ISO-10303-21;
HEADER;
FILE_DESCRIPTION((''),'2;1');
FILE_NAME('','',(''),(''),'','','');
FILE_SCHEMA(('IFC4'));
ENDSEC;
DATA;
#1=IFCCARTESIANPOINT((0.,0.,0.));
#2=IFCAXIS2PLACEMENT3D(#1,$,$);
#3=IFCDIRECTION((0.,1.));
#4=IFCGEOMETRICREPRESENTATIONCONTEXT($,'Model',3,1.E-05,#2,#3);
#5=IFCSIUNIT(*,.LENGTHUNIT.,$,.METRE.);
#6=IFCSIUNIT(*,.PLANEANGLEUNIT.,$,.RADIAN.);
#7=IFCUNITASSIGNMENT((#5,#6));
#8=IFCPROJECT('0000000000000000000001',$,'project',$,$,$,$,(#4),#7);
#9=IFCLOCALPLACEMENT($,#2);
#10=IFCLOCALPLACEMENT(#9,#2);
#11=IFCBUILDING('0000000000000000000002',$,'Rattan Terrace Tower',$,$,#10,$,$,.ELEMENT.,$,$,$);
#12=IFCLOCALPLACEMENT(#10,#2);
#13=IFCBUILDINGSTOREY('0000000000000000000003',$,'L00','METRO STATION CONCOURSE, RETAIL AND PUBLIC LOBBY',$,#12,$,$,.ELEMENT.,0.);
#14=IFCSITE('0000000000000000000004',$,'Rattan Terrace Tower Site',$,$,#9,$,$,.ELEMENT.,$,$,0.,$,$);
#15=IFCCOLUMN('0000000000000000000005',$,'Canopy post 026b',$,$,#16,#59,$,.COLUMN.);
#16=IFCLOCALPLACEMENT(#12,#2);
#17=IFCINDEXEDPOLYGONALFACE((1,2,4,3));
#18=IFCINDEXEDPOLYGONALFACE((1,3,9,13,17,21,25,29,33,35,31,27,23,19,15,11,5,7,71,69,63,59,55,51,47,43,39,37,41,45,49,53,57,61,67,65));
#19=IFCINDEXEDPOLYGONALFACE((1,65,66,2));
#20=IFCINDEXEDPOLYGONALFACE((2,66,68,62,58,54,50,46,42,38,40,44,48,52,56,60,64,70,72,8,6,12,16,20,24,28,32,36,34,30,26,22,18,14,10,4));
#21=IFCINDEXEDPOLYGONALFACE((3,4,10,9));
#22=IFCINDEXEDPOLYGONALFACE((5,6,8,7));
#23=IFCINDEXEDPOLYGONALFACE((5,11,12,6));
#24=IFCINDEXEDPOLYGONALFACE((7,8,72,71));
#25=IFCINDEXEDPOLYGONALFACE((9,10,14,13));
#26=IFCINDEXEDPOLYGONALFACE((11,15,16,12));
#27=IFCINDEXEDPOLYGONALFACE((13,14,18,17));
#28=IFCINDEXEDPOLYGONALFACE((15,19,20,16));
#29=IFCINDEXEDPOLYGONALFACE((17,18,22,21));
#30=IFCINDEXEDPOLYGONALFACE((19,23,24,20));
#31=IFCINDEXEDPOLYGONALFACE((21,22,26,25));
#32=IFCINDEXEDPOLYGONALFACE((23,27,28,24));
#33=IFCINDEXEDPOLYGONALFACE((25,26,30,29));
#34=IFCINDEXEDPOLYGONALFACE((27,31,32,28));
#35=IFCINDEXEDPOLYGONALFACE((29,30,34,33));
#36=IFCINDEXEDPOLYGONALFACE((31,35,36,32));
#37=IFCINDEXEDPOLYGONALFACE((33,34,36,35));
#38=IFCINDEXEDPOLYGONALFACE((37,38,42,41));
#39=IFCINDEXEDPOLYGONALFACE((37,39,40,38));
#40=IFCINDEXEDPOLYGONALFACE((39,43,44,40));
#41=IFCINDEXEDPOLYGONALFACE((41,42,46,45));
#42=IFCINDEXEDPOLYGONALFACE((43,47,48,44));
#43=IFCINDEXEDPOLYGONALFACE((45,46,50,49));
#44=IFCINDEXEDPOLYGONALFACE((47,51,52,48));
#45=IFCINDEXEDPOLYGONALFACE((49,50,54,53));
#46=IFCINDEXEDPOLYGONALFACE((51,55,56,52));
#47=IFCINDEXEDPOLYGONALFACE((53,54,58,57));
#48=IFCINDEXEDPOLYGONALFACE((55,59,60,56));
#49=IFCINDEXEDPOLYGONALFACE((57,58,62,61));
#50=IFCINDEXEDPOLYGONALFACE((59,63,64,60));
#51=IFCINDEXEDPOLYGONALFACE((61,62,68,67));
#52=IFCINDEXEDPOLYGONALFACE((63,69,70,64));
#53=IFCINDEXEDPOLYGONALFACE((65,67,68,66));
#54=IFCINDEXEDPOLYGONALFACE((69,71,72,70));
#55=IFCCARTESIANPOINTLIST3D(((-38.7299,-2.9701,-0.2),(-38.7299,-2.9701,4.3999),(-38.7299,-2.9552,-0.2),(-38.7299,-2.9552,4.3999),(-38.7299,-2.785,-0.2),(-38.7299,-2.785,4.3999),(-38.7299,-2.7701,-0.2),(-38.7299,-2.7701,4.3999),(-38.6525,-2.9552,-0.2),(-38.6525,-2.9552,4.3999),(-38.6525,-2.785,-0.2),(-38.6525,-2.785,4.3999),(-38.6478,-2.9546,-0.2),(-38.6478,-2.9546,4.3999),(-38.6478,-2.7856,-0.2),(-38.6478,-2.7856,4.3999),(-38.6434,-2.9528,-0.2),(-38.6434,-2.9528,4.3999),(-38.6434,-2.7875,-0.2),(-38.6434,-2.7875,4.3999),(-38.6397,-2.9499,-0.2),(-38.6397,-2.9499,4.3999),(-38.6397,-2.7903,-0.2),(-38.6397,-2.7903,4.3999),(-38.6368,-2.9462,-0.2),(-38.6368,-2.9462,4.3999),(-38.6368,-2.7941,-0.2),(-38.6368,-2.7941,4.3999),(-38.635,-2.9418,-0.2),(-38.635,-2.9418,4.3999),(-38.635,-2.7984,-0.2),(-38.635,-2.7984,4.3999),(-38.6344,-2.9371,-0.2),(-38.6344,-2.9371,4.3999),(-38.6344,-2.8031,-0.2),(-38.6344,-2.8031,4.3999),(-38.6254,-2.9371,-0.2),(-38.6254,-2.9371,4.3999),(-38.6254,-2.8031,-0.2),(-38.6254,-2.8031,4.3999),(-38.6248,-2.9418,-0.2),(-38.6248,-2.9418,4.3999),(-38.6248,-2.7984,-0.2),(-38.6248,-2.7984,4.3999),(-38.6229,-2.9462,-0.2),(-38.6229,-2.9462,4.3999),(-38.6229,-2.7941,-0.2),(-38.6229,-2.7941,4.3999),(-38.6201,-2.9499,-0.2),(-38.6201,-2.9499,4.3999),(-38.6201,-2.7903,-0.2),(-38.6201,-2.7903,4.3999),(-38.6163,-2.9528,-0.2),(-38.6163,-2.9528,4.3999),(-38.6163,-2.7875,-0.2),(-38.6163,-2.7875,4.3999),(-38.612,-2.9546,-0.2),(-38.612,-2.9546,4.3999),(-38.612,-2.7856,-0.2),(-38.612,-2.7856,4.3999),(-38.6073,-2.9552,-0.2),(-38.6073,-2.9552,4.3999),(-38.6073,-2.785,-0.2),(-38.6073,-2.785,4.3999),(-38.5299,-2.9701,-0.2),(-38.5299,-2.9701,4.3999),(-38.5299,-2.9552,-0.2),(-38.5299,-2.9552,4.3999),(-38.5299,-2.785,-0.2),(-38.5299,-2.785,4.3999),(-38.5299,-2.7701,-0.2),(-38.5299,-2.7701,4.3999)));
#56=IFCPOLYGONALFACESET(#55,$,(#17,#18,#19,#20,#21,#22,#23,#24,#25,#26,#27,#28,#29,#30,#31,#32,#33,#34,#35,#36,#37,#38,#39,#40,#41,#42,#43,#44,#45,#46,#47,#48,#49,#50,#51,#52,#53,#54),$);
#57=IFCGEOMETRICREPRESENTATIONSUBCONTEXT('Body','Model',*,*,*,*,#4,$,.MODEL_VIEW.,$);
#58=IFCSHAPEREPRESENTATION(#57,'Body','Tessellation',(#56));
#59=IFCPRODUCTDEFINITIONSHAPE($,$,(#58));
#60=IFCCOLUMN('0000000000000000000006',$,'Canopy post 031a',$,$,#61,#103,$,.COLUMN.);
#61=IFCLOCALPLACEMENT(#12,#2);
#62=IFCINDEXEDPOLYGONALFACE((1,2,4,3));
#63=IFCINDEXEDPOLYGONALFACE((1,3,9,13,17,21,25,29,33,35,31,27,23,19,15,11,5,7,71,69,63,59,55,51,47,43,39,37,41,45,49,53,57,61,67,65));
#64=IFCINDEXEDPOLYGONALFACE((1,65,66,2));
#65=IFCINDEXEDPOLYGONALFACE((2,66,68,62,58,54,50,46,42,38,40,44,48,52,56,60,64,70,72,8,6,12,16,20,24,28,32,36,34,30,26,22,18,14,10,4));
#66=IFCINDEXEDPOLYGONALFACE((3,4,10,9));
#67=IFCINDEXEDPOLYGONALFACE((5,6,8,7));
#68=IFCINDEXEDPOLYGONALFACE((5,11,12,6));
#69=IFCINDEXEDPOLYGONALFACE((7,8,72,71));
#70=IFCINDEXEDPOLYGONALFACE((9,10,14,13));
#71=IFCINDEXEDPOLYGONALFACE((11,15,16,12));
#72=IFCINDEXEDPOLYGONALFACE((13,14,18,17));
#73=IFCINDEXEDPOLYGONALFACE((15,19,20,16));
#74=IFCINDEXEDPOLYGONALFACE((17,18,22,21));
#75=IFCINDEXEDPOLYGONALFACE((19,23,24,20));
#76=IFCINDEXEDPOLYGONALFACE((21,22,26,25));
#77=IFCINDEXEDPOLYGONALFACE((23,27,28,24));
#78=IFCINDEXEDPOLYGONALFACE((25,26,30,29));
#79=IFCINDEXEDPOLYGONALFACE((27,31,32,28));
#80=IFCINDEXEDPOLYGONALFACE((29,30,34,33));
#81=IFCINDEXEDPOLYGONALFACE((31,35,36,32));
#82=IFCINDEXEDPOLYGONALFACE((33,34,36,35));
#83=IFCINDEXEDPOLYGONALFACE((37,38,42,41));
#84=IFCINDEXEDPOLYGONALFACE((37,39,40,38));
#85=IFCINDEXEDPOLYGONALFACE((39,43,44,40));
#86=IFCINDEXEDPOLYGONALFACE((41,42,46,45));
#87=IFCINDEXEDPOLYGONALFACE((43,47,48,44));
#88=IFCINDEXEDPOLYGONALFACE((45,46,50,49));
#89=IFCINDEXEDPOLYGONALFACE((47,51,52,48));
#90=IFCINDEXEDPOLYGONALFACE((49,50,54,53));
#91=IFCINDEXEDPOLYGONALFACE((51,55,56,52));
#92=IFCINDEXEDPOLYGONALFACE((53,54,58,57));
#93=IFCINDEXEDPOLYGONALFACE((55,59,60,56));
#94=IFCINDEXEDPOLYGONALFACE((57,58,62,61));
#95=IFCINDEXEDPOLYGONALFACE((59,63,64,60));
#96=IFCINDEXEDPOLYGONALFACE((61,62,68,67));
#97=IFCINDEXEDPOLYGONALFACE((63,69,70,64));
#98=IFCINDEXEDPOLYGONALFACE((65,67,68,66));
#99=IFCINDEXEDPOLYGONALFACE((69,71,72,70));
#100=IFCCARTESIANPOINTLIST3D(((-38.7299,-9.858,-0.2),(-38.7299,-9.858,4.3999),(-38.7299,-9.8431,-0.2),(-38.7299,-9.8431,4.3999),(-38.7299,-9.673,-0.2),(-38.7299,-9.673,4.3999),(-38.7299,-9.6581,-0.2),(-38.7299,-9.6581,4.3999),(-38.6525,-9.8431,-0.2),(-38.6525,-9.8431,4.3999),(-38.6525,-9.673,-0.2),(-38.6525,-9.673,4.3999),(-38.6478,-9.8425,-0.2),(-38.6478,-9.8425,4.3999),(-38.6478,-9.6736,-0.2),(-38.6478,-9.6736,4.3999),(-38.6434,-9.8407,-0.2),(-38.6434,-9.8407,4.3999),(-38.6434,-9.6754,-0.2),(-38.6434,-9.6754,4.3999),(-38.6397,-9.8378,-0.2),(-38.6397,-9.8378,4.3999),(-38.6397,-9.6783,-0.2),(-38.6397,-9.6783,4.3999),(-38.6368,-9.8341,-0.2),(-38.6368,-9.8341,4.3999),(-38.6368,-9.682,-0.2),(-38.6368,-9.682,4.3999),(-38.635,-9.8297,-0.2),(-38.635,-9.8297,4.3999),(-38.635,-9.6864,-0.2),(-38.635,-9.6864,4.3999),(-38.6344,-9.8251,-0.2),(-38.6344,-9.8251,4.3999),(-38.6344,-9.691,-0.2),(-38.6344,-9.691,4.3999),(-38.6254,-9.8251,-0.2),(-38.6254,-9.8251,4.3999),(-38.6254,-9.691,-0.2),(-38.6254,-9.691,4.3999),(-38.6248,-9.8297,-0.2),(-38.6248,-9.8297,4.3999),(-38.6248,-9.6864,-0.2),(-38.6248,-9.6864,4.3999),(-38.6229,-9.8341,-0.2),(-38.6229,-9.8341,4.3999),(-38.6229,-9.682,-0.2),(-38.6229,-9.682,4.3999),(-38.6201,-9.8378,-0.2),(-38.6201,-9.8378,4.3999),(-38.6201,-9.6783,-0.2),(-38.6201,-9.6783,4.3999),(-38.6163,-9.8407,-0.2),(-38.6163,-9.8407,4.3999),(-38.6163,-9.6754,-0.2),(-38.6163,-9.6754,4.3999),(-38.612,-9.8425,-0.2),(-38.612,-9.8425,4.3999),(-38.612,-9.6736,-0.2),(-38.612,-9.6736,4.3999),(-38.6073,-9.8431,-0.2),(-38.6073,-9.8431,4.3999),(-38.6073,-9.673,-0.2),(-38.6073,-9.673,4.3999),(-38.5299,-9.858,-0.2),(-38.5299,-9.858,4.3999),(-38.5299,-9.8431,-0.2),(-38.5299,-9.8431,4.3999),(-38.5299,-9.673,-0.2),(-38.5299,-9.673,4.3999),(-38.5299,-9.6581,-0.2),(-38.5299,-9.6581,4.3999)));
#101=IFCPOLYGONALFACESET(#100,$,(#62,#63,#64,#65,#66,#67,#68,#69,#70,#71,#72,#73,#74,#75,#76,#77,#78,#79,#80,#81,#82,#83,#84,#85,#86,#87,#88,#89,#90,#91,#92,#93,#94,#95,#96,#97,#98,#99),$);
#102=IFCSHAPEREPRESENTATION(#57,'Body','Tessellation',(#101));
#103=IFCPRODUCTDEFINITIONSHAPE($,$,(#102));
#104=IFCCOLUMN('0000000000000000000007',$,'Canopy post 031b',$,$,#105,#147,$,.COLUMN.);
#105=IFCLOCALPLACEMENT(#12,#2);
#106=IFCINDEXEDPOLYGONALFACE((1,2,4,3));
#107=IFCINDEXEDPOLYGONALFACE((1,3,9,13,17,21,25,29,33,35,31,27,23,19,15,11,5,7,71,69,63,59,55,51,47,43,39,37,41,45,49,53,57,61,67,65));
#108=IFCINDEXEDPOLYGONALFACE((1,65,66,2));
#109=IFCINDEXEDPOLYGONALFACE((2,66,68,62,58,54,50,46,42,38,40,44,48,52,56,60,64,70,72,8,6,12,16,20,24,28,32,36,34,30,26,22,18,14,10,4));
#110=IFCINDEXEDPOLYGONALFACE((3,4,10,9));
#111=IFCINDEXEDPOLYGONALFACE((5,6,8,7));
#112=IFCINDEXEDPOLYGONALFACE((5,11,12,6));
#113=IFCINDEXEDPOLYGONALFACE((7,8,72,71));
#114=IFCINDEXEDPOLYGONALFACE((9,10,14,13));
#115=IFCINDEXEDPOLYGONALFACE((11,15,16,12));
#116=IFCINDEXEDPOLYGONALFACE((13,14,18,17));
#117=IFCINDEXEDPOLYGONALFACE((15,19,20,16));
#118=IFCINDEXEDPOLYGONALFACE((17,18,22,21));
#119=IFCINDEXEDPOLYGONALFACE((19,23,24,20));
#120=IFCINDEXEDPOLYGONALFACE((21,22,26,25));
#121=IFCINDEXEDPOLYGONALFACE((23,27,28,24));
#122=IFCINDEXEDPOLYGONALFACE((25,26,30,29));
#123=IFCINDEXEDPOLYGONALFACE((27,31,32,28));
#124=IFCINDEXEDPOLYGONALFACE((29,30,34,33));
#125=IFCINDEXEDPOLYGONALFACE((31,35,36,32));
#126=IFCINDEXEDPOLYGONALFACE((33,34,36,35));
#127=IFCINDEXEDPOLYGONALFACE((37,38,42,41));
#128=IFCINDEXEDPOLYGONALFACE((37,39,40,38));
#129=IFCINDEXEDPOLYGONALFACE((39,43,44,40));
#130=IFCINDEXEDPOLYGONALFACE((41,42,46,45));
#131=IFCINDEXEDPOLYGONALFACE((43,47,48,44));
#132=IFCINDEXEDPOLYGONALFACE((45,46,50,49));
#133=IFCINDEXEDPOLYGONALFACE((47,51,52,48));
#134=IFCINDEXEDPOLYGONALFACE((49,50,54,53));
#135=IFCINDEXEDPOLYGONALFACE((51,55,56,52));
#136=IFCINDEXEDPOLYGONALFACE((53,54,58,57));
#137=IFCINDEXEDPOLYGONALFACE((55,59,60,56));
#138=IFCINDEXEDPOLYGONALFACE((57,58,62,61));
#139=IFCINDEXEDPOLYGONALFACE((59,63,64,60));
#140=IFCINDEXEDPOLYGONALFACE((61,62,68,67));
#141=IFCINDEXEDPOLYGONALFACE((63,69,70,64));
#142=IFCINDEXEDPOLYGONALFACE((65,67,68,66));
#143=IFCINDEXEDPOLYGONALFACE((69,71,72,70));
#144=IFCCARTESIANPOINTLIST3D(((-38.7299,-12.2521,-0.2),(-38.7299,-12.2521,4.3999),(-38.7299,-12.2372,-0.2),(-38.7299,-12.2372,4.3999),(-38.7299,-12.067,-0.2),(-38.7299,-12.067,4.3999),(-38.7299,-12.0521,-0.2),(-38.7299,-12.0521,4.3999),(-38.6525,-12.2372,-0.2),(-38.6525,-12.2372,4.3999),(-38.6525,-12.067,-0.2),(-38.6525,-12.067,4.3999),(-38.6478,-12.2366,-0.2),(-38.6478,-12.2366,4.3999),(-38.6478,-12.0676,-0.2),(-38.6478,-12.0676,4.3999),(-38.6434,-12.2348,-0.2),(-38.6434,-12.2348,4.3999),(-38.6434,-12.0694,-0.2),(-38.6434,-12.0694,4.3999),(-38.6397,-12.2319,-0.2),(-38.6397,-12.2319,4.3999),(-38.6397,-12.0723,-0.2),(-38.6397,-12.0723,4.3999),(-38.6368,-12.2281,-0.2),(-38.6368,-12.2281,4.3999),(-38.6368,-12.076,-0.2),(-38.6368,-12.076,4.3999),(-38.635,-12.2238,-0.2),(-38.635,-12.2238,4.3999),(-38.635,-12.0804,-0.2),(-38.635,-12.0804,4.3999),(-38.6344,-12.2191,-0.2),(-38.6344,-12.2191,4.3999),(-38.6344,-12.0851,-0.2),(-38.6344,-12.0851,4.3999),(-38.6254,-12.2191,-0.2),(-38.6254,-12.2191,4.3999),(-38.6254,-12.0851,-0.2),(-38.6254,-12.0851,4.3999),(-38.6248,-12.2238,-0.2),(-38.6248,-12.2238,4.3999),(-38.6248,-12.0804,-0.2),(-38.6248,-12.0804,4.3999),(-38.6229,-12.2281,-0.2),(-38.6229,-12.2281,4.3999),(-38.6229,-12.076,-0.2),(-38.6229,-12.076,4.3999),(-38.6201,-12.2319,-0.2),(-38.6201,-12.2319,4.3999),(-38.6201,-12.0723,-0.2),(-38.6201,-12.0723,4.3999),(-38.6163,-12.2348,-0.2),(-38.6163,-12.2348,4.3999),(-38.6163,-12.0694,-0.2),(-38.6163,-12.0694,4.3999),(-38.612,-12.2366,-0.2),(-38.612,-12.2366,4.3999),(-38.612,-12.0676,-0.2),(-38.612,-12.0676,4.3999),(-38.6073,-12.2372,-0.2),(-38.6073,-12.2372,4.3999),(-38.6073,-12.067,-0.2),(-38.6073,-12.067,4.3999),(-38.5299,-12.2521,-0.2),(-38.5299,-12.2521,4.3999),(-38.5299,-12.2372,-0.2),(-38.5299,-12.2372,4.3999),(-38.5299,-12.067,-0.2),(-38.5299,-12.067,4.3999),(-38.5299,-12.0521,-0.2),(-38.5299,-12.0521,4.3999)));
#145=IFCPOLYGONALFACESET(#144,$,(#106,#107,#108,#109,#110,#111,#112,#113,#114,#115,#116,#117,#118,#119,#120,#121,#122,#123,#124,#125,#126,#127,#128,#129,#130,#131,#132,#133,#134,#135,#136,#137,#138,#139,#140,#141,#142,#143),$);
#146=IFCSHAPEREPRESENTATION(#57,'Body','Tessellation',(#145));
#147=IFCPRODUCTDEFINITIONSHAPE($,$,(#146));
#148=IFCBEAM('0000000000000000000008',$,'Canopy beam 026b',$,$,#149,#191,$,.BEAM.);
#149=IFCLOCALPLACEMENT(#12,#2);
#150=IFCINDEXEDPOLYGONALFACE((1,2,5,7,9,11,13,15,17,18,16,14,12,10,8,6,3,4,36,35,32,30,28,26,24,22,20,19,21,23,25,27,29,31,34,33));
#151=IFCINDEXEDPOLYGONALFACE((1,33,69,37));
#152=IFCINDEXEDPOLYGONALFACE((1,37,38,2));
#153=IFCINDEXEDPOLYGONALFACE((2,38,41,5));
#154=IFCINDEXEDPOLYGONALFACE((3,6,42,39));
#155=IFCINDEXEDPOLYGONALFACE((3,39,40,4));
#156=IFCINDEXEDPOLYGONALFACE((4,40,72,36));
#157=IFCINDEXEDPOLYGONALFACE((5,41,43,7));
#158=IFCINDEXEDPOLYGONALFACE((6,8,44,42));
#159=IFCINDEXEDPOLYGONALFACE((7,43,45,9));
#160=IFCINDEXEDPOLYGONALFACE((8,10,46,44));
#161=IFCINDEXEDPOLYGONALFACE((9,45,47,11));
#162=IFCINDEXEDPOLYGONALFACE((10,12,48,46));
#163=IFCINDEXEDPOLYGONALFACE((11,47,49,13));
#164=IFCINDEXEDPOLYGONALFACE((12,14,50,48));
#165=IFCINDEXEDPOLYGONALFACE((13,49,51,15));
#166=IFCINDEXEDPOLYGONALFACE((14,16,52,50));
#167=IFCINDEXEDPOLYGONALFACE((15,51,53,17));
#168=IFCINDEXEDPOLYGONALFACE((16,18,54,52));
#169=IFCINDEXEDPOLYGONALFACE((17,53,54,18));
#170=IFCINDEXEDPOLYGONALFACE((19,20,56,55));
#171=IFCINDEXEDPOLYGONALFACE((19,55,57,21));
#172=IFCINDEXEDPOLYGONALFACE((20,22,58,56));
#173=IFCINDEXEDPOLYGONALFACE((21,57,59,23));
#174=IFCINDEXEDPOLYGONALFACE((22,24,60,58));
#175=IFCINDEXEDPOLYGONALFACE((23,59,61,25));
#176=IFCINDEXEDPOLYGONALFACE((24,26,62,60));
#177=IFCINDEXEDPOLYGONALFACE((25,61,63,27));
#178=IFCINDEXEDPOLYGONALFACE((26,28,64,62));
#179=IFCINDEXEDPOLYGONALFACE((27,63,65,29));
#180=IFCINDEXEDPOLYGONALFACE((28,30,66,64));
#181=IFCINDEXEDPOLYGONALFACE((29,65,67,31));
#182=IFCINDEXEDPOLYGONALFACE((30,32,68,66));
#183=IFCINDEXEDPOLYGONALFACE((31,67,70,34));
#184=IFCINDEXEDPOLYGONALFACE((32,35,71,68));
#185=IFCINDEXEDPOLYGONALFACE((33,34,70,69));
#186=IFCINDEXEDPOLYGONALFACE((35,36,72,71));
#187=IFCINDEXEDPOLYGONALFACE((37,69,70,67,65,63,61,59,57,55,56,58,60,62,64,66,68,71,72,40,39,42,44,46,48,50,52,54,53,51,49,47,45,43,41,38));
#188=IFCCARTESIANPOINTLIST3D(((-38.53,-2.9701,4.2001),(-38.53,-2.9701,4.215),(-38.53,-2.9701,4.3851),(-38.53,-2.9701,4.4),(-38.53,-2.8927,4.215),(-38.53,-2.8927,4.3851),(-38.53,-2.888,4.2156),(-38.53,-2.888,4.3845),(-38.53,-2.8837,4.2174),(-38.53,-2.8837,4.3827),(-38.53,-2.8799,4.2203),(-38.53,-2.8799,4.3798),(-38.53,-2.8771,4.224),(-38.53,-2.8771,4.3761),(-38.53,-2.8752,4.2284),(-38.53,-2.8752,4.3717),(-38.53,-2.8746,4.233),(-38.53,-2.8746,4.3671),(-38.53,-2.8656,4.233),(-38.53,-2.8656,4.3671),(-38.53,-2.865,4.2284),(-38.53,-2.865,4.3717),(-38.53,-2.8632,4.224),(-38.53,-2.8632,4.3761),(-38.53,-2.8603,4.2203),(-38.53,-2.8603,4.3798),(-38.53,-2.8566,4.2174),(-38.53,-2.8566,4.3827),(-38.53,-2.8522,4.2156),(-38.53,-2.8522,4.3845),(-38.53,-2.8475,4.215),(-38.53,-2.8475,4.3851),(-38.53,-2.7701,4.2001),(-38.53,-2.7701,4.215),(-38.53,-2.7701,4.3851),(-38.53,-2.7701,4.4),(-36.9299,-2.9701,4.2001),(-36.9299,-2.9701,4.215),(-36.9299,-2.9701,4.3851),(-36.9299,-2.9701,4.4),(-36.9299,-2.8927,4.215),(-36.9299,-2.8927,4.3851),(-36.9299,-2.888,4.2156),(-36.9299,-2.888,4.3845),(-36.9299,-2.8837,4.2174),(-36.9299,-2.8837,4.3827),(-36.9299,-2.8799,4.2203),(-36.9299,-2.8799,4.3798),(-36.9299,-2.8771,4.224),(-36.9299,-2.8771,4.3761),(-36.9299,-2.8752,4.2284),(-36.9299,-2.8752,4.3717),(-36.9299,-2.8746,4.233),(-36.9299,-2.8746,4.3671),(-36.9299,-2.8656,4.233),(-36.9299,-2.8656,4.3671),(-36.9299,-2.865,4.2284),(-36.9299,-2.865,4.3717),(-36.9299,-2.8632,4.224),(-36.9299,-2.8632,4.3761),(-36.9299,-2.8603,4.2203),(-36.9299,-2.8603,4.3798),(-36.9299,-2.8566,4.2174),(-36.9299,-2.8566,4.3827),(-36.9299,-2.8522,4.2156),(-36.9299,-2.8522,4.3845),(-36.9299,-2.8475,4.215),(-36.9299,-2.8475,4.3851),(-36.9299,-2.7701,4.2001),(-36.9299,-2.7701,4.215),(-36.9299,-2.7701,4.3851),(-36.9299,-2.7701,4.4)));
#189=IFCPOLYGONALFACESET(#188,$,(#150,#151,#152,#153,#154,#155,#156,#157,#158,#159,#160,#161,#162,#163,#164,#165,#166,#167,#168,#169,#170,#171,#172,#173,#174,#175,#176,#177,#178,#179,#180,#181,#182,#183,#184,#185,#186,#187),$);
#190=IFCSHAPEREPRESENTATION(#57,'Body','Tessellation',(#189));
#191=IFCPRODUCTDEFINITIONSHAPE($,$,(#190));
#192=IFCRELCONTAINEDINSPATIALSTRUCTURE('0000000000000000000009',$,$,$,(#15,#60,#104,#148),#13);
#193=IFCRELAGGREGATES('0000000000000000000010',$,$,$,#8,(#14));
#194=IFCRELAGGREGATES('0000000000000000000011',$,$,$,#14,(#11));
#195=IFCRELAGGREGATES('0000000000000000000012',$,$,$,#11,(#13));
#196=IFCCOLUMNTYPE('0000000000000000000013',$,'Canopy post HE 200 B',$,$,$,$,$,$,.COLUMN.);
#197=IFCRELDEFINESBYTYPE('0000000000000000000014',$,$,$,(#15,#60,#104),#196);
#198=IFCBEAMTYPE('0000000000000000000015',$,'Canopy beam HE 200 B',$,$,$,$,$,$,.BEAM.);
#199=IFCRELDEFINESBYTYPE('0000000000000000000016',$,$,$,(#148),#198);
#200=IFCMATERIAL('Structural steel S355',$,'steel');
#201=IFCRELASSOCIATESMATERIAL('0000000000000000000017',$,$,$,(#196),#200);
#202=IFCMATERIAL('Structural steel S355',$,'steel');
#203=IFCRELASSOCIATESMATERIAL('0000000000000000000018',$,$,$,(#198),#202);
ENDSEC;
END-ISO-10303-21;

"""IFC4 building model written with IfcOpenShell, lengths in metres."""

from ifc_helpers import new_model, si_unit, direction, frame, origin, origin_2d, place, context, subcontext, project, spatial, i_section, extrude, material, material_profile, profile_set, type_object, element, save


model = new_model("IFC4")

# Units and contexts
model_context = context("Model", 3, precision=1e-05, world=origin(), true_north=direction((0.0, 1.0)))
body_context = subcontext(model_context, "Body", "Model", "MODEL_VIEW")
ifc_project = project(units=[si_unit("LENGTHUNIT", "METRE"), si_unit("PLANEANGLEUNIT", "RADIAN")], contexts=[model_context])

# Site, building, storey
site_placement = place(None, origin())
site = spatial("IfcSite", under=ifc_project, at=site_placement, Name="Rattan Terrace Tower Site", CompositionType="ELEMENT", RefElevation=0.0)
building_placement = place(site_placement, origin())
building = spatial("IfcBuilding", under=site, at=building_placement, Name="Rattan Terrace Tower", CompositionType="ELEMENT")
storey_placement = place(building_placement, origin())
storey = spatial("IfcBuildingStorey", under=building, at=storey_placement, Name="L00", Description="METRO STATION CONCOURSE, RETAIL AND PUBLIC LOBBY", CompositionType="ELEMENT", Elevation=0.0)

# Columns
ifc_material_1 = material(Name="Structural steel S355", Category="steel")
ifc_material_profile_1 = material_profile(ifc_material_1, i_section(OverallWidth=0.2, OverallDepth=0.2, WebThickness=0.009, FlangeThickness=0.0149, FilletRadius=0.0181, at=origin_2d()), Name="HE 200 B")
ifc_profile_set_1 = profile_set([ifc_material_profile_1], Name="Structural steel S355")
column_type = type_object("IfcColumnType", Name="Canopy post HE 200 B", PredefinedType="COLUMN", material=ifc_profile_set_1)
for number, where, z_axis, x_axis, name in (
    (1, (-38.6299, -2.8701, -0.2), (0.0, 0.0, 1.0), (1.0, 0.0, 0.0), "Canopy post 026b"),
    (2, (-38.6299, -9.7581, -0.2), (0.0, 0.0, 1.0), (1.0, 0.0, 0.0), "Canopy post 031a"),
    (3, (-38.6299, -12.1521, -0.2), (0.0, 0.0, 1.0), (1.0, 0.0, 0.0), "Canopy post 031b"),
):
    element("IfcColumn", number, at=place(storey_placement, frame(where, z_axis=z_axis, x_axis=x_axis)), inside=storey, type_object=column_type, Name=name, PredefinedType="COLUMN", context=body_context, shape_type="SweptSolid", body=[
        extrude(i_section(OverallWidth=0.2, OverallDepth=0.2, WebThickness=0.009, FlangeThickness=0.0149, FilletRadius=0.0181, at=origin_2d()), origin(), (0.0, 0.0, 1.0), 4.5999),
    ])

# Beam
ifc_material_2 = material(Name="Structural steel S355", Category="steel")
ifc_material_profile_2 = material_profile(ifc_material_2, i_section(OverallWidth=0.2, OverallDepth=0.2, WebThickness=0.009, FlangeThickness=0.0149, FilletRadius=0.0181, at=origin_2d()), Name="HE 200 B")
ifc_profile_set_2 = profile_set([ifc_material_profile_2], Name="Structural steel S355")
beam_type_1 = type_object("IfcBeamType", Name="Canopy beam HE 200 B", PredefinedType="BEAM", material=ifc_profile_set_2)
for number, where, z_axis, x_axis, name in (
    (4, (-36.9299, -2.8701, 4.3), (-1.0, 0.0, 0.0), (0.0, -1.0, 0.0), "Canopy beam 026b"),
):
    element("IfcBeam", number, at=place(storey_placement, frame(where, z_axis=z_axis, x_axis=x_axis)), inside=storey, type_object=beam_type_1, Name=name, PredefinedType="BEAM", context=body_context, shape_type="SweptSolid", body=[
        extrude(i_section(OverallWidth=0.2, OverallDepth=0.2, WebThickness=0.009, FlangeThickness=0.0149, FilletRadius=0.0181, at=origin_2d()), origin(), (0.0, 0.0, 1.0), 1.6001),
    ])

save(model, "model.ifc")
